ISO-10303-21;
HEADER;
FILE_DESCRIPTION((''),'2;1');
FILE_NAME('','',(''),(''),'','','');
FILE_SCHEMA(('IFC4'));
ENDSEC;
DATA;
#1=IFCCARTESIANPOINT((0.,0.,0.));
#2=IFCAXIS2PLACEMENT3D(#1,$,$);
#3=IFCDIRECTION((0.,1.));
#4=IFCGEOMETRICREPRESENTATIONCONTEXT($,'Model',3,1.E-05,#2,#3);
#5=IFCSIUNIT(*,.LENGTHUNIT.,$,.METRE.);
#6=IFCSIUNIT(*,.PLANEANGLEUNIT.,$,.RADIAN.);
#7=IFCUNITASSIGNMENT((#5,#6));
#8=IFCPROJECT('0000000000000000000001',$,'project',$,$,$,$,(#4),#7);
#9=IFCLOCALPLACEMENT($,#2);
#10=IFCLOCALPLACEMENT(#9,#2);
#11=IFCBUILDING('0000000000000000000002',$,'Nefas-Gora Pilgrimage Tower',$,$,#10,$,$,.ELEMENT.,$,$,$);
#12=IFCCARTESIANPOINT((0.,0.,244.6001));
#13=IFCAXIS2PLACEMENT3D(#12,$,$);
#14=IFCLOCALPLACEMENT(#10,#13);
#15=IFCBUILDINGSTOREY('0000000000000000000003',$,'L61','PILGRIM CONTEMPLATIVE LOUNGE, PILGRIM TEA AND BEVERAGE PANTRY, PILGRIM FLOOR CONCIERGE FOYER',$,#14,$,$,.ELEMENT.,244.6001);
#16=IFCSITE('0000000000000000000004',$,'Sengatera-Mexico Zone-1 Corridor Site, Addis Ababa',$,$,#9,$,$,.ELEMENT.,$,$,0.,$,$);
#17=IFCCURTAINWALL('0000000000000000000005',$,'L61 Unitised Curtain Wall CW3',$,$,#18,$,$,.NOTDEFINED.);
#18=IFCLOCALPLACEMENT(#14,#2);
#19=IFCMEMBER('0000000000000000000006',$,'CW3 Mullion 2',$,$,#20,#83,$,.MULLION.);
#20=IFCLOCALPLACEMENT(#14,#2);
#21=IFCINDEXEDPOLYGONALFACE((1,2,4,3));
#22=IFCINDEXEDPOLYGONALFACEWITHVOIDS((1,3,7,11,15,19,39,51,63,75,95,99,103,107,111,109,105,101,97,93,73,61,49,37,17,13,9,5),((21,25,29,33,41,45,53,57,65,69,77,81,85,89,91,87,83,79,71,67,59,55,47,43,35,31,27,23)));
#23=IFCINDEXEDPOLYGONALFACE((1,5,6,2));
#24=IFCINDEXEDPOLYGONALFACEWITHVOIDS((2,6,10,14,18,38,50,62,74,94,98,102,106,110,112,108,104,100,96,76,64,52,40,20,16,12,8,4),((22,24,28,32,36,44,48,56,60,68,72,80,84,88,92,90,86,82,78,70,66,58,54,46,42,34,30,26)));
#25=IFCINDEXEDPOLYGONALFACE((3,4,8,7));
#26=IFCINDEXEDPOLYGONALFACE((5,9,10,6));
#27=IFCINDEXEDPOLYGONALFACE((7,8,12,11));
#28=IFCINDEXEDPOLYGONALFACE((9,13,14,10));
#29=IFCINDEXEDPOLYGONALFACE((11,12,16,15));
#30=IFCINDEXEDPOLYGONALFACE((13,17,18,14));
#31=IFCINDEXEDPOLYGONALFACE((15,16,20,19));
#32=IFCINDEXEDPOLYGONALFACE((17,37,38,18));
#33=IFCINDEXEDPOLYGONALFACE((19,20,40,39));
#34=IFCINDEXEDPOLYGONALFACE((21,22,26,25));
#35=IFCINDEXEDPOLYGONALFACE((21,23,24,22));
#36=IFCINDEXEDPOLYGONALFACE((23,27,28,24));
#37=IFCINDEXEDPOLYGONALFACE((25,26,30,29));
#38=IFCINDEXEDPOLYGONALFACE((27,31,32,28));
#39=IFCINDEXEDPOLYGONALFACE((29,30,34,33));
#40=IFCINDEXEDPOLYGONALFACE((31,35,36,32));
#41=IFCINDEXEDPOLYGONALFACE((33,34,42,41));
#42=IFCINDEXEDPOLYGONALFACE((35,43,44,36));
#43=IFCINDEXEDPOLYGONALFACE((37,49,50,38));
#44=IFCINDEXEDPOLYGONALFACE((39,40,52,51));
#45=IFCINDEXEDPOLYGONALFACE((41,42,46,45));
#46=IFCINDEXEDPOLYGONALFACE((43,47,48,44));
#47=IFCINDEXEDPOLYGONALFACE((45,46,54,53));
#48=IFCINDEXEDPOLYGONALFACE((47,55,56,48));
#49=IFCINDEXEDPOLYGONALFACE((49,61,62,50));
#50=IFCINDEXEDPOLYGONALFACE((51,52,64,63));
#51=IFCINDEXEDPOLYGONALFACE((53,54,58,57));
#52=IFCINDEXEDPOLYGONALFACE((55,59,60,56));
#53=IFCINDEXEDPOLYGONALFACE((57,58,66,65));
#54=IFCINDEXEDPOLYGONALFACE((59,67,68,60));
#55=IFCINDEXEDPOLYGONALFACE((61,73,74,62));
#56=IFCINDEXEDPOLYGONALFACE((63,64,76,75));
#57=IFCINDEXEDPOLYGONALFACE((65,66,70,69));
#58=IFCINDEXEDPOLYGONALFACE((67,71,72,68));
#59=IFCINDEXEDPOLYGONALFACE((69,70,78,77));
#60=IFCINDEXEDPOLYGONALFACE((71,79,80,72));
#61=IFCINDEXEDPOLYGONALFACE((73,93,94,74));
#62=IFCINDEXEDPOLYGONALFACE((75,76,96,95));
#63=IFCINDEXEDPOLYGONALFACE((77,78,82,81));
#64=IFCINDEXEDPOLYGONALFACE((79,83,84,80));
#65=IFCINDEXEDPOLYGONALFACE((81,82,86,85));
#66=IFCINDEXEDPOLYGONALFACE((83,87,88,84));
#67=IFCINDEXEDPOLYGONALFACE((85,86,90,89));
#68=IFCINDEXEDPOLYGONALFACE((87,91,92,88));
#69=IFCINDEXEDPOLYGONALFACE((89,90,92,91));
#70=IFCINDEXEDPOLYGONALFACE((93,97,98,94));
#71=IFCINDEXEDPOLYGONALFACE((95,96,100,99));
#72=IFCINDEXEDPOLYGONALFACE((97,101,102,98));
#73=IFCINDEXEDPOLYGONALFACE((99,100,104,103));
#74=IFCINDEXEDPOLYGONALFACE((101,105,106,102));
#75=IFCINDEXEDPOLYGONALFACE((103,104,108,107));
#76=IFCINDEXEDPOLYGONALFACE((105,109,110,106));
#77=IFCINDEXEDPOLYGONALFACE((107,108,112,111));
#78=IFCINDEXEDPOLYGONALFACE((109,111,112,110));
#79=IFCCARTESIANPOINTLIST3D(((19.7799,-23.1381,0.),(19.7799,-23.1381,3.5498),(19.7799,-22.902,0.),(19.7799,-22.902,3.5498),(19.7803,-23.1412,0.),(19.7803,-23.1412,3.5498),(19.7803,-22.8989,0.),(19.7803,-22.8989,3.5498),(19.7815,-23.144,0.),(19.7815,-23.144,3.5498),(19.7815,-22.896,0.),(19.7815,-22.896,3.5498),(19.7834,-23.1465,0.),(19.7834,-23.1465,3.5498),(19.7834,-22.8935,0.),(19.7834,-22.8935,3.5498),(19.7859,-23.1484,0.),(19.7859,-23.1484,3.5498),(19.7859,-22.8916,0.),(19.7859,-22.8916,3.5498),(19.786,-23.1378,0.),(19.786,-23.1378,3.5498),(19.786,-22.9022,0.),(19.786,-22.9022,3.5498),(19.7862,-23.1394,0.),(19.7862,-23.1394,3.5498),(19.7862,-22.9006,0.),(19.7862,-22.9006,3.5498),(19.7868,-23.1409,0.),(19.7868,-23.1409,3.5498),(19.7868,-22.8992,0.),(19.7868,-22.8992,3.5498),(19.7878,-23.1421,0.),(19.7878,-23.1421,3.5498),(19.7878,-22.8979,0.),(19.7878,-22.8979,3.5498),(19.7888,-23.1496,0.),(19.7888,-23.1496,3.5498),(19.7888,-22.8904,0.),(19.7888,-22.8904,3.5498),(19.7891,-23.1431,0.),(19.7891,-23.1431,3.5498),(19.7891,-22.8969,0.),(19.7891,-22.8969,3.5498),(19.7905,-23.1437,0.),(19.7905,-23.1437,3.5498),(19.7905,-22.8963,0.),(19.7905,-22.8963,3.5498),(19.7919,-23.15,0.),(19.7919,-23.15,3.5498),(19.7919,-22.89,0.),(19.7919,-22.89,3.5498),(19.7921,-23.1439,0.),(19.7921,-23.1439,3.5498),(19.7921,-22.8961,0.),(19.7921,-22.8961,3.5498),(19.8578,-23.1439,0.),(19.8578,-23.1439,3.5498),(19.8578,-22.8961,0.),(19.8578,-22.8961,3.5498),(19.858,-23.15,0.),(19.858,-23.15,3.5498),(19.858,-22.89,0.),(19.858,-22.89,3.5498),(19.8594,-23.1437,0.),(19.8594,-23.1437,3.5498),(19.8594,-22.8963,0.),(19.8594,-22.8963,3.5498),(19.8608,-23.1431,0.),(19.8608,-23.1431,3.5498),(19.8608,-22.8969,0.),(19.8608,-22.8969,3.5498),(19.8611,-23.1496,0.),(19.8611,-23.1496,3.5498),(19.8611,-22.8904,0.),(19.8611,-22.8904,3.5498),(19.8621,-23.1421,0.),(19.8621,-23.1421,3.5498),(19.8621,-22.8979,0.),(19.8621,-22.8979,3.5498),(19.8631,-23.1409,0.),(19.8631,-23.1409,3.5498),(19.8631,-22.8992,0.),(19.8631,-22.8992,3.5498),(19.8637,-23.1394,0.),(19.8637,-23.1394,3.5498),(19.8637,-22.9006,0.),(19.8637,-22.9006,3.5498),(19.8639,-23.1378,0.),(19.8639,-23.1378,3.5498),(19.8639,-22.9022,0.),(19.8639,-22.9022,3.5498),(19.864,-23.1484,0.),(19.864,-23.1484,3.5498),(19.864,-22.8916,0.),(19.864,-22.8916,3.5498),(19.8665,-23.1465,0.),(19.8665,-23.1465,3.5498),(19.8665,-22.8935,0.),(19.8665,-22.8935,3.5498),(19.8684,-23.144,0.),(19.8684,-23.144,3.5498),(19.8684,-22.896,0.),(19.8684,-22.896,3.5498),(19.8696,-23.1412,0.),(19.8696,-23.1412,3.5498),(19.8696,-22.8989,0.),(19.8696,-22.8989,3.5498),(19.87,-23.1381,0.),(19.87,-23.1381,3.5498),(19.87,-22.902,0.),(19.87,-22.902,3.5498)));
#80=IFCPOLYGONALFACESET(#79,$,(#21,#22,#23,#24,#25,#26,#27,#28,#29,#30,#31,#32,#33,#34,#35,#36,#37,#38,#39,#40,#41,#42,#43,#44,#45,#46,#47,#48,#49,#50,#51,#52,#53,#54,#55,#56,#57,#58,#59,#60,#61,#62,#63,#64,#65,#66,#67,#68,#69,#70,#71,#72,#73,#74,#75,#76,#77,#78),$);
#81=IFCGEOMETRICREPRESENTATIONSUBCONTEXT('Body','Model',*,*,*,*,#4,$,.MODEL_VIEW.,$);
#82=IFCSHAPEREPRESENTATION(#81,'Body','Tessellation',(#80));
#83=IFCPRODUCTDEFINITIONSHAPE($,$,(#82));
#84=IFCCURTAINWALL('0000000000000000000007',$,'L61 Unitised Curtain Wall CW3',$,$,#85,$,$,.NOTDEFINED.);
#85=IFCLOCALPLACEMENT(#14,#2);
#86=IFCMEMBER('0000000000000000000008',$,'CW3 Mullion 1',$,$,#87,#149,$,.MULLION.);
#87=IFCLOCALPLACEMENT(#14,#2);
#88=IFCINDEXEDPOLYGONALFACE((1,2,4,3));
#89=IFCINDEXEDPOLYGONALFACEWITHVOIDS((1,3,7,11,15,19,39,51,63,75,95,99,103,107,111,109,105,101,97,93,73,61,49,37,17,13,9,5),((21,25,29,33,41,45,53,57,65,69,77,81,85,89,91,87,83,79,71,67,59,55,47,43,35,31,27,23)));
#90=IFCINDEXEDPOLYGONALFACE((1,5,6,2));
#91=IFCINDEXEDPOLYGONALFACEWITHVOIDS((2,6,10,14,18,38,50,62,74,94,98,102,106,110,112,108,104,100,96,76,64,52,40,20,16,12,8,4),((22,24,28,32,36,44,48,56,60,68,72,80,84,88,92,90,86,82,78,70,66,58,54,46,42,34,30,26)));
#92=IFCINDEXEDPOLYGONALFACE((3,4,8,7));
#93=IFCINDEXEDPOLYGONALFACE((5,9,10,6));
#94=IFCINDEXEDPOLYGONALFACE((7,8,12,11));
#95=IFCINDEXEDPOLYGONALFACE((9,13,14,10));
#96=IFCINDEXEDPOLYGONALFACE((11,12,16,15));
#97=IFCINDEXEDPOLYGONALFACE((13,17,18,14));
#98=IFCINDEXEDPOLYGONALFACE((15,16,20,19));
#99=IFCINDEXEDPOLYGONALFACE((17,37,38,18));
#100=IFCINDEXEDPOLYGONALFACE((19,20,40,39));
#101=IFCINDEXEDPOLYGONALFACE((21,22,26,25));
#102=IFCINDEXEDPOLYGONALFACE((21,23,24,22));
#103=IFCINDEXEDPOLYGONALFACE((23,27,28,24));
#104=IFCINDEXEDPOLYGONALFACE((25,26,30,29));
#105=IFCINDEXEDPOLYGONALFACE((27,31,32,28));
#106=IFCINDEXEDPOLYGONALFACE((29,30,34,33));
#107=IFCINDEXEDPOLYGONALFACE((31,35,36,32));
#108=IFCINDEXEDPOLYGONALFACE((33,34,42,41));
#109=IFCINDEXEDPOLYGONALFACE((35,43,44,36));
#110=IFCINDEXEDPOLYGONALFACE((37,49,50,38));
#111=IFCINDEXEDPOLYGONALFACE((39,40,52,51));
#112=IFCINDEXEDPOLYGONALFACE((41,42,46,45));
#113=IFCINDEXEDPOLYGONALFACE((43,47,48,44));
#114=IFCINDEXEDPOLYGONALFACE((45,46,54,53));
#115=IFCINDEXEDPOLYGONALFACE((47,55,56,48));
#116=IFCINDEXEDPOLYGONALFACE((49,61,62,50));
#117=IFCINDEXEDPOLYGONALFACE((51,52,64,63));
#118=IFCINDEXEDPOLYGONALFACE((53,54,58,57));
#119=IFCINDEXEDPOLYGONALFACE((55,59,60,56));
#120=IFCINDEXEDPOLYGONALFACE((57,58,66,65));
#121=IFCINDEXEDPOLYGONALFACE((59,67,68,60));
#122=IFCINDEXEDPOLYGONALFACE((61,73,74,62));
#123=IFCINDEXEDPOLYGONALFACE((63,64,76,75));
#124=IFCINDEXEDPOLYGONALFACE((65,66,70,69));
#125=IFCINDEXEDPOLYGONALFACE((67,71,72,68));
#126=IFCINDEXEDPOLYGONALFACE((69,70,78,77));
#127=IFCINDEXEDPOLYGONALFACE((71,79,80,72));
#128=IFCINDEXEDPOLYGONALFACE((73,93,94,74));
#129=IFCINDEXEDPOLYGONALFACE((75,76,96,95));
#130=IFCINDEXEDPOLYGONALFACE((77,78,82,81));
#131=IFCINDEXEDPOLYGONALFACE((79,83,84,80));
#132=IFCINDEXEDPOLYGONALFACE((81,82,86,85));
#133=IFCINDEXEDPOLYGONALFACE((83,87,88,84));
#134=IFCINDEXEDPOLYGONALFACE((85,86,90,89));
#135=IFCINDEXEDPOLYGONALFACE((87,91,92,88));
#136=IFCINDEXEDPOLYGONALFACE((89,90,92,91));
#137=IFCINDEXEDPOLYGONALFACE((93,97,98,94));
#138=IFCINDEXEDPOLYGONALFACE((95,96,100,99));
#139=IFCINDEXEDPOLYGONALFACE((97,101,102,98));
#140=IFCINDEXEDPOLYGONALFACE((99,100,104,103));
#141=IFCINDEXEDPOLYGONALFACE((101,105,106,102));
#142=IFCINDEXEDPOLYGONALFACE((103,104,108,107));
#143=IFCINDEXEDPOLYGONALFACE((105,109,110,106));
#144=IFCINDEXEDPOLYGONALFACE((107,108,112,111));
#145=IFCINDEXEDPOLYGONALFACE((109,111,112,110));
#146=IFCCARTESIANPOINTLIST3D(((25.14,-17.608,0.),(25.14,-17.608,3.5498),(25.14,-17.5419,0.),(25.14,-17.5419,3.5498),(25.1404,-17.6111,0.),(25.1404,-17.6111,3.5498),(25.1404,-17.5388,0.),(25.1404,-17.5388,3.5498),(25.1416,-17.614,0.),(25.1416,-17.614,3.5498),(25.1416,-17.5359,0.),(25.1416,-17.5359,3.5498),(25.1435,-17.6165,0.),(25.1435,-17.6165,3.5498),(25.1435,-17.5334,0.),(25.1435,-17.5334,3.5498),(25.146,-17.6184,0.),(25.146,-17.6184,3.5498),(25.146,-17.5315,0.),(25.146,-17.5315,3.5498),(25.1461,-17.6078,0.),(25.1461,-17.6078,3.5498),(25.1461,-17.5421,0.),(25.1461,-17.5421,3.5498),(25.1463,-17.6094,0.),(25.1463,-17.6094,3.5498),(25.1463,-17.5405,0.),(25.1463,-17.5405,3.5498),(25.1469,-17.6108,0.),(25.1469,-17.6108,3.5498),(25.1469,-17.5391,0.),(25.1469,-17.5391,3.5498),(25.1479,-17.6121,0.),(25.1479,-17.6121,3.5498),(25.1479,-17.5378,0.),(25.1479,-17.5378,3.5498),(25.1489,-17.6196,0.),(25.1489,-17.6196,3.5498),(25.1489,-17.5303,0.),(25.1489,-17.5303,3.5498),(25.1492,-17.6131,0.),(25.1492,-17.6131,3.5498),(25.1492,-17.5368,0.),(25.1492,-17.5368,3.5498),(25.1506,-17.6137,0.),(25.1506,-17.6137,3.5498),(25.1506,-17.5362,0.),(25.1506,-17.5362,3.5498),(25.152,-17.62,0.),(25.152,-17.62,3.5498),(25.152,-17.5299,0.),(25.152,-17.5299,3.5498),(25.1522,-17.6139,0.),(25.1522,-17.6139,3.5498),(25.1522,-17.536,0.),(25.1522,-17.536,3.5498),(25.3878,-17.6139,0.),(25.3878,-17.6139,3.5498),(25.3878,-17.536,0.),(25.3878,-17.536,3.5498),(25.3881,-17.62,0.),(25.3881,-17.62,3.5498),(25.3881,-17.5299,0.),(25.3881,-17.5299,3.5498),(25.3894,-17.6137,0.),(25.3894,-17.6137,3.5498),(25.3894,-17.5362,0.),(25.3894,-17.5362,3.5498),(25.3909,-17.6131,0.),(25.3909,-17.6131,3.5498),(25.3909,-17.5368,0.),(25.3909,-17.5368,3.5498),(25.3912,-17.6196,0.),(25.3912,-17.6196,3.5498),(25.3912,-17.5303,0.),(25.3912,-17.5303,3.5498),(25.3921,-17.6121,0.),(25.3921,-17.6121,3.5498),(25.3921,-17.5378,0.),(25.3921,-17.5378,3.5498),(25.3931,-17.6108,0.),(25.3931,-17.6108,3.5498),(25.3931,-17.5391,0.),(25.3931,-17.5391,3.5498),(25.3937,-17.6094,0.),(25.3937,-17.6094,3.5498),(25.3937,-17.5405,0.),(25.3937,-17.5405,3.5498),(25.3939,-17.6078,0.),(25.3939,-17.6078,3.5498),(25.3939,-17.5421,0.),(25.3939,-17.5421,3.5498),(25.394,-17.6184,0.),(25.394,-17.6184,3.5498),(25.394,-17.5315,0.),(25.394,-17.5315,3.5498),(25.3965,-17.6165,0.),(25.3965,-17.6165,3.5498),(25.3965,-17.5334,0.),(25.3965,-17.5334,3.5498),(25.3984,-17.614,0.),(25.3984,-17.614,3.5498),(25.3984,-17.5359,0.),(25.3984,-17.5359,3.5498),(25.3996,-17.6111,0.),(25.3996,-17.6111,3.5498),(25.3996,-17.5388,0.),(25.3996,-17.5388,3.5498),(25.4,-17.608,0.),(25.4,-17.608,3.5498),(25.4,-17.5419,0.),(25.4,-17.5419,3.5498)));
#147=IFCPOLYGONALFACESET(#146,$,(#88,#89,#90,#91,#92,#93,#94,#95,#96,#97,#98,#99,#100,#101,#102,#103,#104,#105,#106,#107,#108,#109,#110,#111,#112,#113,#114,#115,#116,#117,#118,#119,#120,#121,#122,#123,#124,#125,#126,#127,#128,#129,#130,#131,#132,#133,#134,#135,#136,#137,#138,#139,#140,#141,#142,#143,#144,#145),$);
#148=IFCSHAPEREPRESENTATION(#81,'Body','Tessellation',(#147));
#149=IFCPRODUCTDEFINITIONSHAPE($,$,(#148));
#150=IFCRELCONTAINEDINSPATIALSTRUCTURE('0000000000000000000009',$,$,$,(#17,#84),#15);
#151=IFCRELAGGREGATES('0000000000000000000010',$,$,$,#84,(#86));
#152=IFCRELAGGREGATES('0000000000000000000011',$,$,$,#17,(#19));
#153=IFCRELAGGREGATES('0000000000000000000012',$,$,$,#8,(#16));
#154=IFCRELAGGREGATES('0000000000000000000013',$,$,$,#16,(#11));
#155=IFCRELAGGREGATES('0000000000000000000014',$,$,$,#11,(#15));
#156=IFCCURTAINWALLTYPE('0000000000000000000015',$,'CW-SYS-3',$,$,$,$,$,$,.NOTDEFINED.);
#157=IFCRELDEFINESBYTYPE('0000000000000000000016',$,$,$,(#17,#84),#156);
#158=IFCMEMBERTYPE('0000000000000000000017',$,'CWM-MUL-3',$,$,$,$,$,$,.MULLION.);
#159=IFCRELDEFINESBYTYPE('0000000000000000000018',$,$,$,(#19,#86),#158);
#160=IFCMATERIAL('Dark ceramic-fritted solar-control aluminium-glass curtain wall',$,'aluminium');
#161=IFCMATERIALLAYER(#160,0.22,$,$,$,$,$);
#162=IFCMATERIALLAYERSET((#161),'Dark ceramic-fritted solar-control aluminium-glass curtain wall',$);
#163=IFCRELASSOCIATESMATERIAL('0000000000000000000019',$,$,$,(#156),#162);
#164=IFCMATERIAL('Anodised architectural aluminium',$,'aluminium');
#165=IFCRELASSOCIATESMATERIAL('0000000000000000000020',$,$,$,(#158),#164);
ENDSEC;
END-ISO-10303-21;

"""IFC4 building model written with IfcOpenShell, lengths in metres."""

from ifc_helpers import new_model, si_unit, direction, frame, origin, origin_2d, place, context, subcontext, project, spatial, hollow_rectangle, extrude, source, transform, mapped, material, layer, layer_set, material_profile, profile_set, type_object, element, aggregate, save


model = new_model("IFC4")

# Units and contexts
model_context = context("Model", 3, precision=1e-05, world=origin(), true_north=direction((0.0, 1.0)))
body_context = subcontext(model_context, "Body", "Model", "MODEL_VIEW")
ifc_project = project(units=[si_unit("LENGTHUNIT", "METRE"), si_unit("PLANEANGLEUNIT", "RADIAN")], contexts=[model_context])

# Site, building, storey
site_placement = place(None, origin())
site = spatial("IfcSite", under=ifc_project, at=site_placement, Name="Sengatera-Mexico Zone-1 Corridor Site, Addis Ababa", CompositionType="ELEMENT", RefElevation=0.0)
building_placement = place(site_placement, origin())
building = spatial("IfcBuilding", under=site, at=building_placement, Name="Nefas-Gora Pilgrimage Tower", CompositionType="ELEMENT")
storey_placement = place(building_placement, frame((0.0, 0.0, 244.6001)))
storey = spatial("IfcBuildingStorey", under=building, at=storey_placement, Name="L61", Description="PILGRIM CONTEMPLATIVE LOUNGE, PILGRIM TEA AND BEVERAGE PANTRY, PILGRIM FLOOR CONCIERGE FOYER", CompositionType="ELEMENT", Elevation=244.6001)

# Curtain walls, members
ifc_material_1 = material(Name="Dark ceramic-fritted solar-control aluminium-glass curtain wall", Category="aluminium")
ifc_layer_1 = layer(ifc_material_1, 0.22)
ifc_layer_set_1 = layer_set([ifc_layer_1], Name="Dark ceramic-fritted solar-control aluminium-glass curtain wall")
curtain_wall_type = type_object("IfcCurtainWallType", Name="CW-SYS-3", PredefinedType="NOTDEFINED", material=ifc_layer_set_1)
curtain_wall_1_placement = place(storey_placement, origin())
curtain_wall_1 = element("IfcCurtainWall", 1, at=curtain_wall_1_placement, inside=storey, type_object=curtain_wall_type, Name="L61 Unitised Curtain Wall CW3", PredefinedType="NOTDEFINED")
ifc_material_2 = material(Name="Anodised architectural aluminium", Category="aluminium")
ifc_material_profile_1 = material_profile(ifc_material_2, hollow_rectangle(XDim=0.0901, YDim=0.26, WallThickness=0.0061, InnerFilletRadius=0.0061, OuterFilletRadius=0.012, at=origin_2d()), Name="ALU MULLION 90x260")
ifc_profile_set_1 = profile_set([ifc_material_profile_1], Name="Anodised architectural aluminium")
member_type_1 = type_object("IfcMemberType", Name="CWM-MUL-3", PredefinedType="MULLION", material=ifc_profile_set_1)
shared_shape_1 = source(origin(), body_context, "Body", "SweptSolid", [
    extrude(hollow_rectangle(XDim=0.0901, YDim=0.26, WallThickness=0.0061, InnerFilletRadius=0.0061, OuterFilletRadius=0.012, at=origin_2d()), origin(), (0.0, 0.0, 1.0), 3.5498),
])
member_1_placement = place(storey_placement, frame((19.825, -23.02, 0.0), z_axis=(0.0, 0.0, 1.0), x_axis=(1.0, 0.0, 0.0)))
member_1 = element("IfcMember", 2, at=member_1_placement, type_object=member_type_1, Name="CW3 Mullion 2", PredefinedType="MULLION", context=body_context, shape_type="MappedRepresentation", body=[
    mapped(shared_shape_1, transform((0.0, 0.0, 0.0), x_axis=(1.0, 0.0, 0.0), y_axis=(0.0, 1.0, 0.0), z_axis=(0.0, 0.0, 1.0), scale=1.0)),
])
curtain_wall_2_placement = place(storey_placement, origin())
curtain_wall_2 = element("IfcCurtainWall", 3, at=curtain_wall_2_placement, inside=storey, type_object=curtain_wall_type, Name="L61 Unitised Curtain Wall CW3", PredefinedType="NOTDEFINED")
member_2_placement = place(storey_placement, frame((25.27, -17.575, 0.0), z_axis=(0.0, 0.0, 1.0), x_axis=(0.0, 1.0, 0.0)))
member_2 = element("IfcMember", 4, at=member_2_placement, type_object=member_type_1, Name="CW3 Mullion 1", PredefinedType="MULLION", context=body_context, shape_type="MappedRepresentation", body=[
    mapped(shared_shape_1, transform((0.0, 0.0, 0.0), x_axis=(1.0, 0.0, 0.0), y_axis=(0.0, 1.0, 0.0), z_axis=(0.0, 0.0, 1.0), scale=1.0)),
])
aggregate(curtain_wall_2, [member_2])

aggregate(curtain_wall_1, [member_1])

save(model, "model.ifc")
